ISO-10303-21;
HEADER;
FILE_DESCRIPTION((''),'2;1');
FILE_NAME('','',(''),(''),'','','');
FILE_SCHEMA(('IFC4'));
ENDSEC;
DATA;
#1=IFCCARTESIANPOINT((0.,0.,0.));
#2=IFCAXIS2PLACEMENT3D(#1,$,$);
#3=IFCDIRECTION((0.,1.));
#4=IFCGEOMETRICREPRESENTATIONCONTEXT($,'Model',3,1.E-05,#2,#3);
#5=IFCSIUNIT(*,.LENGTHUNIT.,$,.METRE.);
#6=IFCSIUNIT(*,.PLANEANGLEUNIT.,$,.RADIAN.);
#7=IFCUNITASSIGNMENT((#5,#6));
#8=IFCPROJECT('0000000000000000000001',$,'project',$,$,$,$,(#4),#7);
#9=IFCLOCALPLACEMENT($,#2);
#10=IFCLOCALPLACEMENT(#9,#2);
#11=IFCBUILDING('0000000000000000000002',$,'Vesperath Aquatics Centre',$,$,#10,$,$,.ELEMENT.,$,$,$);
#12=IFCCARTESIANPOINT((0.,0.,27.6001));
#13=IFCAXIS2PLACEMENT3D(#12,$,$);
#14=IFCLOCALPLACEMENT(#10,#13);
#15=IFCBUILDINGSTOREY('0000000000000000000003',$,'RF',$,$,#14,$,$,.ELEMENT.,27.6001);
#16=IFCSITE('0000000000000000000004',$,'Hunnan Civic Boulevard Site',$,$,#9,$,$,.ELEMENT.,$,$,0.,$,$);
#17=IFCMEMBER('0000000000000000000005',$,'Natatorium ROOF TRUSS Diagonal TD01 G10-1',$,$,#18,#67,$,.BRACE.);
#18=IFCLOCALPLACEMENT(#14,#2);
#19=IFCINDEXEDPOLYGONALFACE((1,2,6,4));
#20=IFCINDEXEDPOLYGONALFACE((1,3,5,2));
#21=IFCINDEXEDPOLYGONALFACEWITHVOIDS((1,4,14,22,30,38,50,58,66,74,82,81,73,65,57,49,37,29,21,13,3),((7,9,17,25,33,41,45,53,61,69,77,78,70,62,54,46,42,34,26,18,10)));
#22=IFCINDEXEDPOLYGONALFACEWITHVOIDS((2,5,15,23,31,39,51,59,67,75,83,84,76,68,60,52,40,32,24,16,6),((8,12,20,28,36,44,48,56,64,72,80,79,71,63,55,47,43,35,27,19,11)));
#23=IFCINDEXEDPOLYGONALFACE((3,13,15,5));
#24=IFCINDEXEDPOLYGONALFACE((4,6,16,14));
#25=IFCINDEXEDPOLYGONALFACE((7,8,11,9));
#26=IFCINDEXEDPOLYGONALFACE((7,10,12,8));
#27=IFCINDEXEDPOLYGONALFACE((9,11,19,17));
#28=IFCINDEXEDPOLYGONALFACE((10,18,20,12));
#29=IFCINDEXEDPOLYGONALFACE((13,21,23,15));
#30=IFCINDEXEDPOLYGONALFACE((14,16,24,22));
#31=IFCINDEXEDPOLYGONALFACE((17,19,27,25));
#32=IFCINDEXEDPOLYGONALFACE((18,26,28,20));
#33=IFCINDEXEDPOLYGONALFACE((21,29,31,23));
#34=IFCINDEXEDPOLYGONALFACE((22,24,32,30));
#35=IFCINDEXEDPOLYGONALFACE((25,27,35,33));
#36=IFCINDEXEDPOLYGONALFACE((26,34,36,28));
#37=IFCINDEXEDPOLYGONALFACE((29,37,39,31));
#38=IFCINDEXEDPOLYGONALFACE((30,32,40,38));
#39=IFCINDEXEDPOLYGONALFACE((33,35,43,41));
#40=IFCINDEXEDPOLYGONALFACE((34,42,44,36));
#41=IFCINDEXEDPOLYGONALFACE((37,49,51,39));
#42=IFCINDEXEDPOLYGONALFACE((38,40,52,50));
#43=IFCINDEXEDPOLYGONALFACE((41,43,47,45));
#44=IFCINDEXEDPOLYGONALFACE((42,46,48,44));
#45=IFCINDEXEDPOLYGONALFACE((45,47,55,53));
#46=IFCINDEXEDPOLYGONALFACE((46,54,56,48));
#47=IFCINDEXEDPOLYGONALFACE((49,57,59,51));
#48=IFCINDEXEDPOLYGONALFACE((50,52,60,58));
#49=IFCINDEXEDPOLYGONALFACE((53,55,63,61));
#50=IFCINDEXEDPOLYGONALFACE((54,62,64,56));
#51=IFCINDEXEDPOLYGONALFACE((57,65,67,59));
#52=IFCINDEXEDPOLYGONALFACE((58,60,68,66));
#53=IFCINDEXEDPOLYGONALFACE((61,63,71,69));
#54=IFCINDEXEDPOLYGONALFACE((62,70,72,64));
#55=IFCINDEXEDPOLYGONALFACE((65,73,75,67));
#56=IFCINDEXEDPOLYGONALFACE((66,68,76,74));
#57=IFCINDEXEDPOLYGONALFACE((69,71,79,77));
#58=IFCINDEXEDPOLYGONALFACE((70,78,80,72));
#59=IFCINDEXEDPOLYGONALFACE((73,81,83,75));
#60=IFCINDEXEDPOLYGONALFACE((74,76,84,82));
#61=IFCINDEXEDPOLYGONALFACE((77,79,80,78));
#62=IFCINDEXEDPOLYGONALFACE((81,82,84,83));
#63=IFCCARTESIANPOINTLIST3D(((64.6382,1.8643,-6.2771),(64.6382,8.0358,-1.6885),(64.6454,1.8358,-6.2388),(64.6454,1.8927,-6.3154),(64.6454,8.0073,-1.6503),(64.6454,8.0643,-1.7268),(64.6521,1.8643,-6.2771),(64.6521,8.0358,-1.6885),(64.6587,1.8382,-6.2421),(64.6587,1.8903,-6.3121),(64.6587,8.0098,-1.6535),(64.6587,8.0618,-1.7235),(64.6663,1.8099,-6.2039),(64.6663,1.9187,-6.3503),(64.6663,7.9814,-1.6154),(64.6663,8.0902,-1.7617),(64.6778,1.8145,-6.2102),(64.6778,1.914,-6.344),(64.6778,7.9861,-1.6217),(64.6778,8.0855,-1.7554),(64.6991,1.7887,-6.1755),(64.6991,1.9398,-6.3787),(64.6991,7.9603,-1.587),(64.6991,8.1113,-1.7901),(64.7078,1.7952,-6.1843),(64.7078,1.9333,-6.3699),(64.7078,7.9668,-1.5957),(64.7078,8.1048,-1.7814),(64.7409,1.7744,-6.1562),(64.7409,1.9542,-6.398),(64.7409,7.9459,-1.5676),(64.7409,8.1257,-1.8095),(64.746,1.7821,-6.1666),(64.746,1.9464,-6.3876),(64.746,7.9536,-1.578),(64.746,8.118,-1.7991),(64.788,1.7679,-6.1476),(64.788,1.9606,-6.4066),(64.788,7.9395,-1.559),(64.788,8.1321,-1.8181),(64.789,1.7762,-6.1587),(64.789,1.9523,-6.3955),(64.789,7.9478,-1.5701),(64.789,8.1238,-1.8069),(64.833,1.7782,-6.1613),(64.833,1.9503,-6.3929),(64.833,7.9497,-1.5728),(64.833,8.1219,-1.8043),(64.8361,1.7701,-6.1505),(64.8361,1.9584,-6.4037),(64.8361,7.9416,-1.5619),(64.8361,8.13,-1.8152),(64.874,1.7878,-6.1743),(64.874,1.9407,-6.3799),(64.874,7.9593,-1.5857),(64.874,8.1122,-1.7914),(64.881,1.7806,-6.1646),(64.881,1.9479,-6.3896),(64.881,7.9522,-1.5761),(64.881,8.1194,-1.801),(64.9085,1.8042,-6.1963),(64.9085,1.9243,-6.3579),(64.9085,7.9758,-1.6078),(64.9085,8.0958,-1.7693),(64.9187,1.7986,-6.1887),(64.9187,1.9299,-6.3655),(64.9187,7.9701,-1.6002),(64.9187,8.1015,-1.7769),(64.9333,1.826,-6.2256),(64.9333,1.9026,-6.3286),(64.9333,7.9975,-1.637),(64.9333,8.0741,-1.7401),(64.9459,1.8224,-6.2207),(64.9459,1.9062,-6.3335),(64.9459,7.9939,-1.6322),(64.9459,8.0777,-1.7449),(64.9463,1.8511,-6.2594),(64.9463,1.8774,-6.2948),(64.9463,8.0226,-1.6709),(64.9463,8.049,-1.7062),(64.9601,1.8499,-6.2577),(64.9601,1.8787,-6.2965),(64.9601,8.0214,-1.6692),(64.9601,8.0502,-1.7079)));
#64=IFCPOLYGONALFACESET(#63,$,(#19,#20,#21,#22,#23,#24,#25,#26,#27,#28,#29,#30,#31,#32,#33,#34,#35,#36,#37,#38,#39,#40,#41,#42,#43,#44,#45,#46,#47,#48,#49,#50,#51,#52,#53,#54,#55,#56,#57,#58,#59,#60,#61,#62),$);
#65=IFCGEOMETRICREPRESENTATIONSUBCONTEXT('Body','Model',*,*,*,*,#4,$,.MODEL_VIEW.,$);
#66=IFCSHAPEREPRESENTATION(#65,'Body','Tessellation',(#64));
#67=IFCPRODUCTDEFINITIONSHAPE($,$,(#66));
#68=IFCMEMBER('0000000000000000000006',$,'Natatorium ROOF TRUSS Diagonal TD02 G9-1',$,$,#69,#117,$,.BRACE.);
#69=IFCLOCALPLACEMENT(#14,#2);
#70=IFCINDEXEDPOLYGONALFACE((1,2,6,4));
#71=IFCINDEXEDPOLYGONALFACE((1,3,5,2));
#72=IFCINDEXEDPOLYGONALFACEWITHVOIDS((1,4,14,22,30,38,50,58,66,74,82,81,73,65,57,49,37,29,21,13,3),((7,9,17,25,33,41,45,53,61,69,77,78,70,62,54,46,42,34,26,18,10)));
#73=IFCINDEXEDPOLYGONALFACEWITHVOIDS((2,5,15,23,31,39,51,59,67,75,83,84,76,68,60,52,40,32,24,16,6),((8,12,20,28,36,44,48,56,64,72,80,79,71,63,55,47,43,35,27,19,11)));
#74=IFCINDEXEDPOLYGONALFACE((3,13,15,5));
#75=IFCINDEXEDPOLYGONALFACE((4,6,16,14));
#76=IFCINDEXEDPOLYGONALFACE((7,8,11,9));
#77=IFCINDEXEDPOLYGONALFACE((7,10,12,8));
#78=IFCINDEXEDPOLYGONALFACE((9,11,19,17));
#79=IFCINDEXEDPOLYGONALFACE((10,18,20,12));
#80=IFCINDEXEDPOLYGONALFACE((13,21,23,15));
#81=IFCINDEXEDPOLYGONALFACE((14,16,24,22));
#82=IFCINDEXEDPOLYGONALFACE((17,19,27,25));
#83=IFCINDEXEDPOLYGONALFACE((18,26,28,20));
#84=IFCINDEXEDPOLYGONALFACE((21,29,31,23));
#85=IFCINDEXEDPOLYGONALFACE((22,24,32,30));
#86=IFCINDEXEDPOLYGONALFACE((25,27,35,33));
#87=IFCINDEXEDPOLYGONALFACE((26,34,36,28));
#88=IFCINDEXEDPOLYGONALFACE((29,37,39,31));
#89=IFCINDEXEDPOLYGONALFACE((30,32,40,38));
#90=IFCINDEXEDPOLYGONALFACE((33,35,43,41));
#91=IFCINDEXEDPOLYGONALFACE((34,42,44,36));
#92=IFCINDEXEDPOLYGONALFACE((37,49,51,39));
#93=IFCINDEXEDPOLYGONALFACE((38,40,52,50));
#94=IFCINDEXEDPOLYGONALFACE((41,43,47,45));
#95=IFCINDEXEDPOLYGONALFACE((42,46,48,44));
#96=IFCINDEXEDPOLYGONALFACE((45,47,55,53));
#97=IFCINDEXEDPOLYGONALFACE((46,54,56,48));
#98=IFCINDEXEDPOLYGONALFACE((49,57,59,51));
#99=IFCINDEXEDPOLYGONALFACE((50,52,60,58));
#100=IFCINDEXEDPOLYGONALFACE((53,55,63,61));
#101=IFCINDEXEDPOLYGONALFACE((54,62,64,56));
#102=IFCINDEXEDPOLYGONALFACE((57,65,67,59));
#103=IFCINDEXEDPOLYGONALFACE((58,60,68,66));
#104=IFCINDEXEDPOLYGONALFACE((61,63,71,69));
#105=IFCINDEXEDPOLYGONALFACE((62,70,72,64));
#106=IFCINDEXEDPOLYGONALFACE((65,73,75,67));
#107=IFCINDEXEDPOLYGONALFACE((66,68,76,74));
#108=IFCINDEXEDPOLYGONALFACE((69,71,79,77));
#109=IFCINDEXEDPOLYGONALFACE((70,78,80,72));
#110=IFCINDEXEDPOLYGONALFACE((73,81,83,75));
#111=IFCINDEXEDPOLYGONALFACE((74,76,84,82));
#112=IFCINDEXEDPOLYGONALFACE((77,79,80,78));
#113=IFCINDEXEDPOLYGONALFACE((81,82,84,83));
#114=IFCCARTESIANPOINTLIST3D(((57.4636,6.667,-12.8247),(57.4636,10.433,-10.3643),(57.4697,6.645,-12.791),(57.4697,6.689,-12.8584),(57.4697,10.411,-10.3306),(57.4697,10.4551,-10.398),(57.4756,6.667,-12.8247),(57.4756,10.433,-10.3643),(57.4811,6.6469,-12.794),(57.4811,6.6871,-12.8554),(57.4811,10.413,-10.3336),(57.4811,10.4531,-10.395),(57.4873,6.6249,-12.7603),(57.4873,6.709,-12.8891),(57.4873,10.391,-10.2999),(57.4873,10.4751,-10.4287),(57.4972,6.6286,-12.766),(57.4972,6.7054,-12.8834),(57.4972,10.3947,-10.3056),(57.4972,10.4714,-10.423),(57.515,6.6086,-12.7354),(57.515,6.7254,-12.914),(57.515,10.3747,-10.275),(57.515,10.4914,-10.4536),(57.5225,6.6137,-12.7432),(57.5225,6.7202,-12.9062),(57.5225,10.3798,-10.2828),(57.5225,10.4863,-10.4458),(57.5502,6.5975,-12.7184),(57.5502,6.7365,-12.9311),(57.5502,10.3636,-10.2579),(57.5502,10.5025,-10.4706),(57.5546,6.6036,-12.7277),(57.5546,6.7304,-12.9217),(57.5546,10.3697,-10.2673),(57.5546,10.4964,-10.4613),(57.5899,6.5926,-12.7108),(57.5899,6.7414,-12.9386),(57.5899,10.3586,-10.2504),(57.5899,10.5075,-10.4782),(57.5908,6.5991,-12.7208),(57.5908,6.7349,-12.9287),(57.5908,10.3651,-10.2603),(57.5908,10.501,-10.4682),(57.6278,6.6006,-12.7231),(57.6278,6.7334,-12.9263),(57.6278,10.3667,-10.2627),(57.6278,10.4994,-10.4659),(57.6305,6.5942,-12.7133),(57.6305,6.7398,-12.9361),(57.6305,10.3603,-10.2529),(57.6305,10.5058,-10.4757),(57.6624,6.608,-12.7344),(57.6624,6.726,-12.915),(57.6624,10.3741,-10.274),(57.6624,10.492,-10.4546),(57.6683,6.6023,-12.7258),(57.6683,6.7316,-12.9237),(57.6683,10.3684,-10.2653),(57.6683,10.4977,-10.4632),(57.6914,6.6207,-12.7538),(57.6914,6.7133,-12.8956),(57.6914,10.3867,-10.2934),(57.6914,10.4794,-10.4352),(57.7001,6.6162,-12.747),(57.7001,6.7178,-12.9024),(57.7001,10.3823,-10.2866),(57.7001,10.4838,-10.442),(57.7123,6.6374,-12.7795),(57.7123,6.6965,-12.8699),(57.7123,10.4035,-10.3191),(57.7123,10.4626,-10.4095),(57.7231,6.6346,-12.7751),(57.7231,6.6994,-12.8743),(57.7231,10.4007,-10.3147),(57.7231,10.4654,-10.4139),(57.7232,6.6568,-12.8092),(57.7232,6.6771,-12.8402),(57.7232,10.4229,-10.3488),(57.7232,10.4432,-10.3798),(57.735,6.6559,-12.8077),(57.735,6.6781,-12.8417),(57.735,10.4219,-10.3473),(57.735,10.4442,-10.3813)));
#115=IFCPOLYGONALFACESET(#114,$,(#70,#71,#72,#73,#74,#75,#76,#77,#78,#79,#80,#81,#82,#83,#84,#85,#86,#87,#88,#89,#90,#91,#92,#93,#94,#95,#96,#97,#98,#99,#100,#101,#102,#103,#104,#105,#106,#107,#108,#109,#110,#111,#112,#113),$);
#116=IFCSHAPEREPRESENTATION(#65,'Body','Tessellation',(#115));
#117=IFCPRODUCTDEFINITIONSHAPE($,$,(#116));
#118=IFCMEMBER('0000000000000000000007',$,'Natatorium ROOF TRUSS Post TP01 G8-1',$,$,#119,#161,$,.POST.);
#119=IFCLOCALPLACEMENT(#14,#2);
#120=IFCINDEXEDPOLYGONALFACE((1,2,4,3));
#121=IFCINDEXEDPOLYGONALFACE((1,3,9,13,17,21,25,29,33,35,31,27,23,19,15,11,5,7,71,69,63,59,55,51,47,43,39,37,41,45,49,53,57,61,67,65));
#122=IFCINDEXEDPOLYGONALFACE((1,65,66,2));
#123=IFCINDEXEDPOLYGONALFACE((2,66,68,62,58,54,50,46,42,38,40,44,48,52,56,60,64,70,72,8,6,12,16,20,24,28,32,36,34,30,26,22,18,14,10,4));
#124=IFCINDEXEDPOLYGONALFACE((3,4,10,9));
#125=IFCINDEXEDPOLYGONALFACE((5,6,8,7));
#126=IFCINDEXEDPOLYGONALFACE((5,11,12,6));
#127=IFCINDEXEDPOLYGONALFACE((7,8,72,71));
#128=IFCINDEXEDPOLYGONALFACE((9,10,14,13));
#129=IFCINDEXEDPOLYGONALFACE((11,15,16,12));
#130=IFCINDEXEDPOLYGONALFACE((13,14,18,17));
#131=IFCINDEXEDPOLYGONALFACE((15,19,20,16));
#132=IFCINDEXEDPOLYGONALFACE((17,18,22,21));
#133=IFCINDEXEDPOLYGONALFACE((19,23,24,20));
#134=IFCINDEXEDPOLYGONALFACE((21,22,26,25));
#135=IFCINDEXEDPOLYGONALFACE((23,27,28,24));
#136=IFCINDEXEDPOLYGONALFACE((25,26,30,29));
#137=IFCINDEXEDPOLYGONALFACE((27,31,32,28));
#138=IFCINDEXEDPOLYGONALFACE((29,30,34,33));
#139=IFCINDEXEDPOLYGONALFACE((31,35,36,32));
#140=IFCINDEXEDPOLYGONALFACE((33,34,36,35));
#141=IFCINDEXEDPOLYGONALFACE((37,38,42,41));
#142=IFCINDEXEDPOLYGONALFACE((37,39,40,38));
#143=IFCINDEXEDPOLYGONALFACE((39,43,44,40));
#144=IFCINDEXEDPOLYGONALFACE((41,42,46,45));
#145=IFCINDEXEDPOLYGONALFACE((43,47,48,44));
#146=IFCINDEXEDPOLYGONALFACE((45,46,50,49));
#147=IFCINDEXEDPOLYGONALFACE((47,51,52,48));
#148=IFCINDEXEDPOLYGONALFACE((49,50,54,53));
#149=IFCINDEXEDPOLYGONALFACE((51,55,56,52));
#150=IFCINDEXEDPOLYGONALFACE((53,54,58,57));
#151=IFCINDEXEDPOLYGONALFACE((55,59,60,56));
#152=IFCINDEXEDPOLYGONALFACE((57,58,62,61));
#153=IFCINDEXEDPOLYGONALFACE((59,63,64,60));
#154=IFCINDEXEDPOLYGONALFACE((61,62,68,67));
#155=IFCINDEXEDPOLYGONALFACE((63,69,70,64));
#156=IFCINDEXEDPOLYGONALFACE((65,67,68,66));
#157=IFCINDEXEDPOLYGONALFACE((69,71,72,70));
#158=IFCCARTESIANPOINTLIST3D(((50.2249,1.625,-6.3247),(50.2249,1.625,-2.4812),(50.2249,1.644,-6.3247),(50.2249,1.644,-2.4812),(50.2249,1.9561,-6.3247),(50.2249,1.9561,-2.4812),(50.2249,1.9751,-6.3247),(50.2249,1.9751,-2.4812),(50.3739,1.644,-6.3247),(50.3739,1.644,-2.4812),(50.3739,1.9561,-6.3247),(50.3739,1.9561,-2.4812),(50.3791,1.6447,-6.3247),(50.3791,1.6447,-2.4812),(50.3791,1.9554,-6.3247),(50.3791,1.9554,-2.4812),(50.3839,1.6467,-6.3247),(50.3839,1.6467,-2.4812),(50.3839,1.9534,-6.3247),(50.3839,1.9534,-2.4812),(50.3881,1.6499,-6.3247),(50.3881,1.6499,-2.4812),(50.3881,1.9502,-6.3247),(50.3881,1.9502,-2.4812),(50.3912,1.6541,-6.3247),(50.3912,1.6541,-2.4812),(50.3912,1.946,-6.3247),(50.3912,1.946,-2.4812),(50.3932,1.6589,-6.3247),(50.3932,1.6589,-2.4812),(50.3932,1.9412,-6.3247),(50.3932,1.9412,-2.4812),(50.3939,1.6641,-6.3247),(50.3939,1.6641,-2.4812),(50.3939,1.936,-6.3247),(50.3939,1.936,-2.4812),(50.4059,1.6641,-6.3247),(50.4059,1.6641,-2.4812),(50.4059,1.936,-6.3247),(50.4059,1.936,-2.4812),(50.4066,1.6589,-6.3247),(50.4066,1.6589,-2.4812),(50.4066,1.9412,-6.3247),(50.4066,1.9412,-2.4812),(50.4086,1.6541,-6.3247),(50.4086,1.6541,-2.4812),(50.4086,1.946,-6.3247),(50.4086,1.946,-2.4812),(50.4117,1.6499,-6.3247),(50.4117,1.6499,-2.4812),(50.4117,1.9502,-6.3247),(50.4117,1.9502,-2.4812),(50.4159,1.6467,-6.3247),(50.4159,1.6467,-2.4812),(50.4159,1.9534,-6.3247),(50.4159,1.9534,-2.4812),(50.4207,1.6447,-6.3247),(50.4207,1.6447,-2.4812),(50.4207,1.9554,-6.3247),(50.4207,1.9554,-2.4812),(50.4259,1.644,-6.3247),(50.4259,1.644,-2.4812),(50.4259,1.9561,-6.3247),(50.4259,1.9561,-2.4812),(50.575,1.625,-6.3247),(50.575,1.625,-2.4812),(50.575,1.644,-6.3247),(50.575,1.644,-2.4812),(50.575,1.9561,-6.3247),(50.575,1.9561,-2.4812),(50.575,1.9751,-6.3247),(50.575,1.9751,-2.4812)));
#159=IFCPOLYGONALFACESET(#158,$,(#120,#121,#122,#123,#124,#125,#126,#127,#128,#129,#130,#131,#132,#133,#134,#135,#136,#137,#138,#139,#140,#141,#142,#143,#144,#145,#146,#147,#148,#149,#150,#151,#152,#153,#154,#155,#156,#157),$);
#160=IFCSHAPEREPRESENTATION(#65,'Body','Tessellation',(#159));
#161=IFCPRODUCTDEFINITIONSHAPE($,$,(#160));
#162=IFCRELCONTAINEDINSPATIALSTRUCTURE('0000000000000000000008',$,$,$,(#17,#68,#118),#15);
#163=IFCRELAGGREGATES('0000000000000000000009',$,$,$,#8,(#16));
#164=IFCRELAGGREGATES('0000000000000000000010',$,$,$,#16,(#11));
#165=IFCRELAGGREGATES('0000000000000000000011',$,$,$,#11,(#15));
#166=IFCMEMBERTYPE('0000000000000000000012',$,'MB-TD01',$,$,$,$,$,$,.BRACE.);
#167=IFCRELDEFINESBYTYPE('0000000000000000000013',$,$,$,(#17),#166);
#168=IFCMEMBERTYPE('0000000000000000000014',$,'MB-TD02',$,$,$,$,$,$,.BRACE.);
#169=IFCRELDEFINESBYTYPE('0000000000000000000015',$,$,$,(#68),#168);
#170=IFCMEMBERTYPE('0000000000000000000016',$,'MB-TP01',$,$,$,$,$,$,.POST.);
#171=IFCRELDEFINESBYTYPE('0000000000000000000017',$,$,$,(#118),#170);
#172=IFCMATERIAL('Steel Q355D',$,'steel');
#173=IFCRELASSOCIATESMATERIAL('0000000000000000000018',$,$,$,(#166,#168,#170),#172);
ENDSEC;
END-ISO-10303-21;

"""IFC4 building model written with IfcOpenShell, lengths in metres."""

from ifc_helpers import new_model, si_unit, direction, frame, origin, origin_2d, place, context, subcontext, project, spatial, hollow_circle, i_section, extrude, material, material_profile, profile_set, type_object, element, save


model = new_model("IFC4")

# Units and contexts
model_context = context("Model", 3, precision=1e-05, world=origin(), true_north=direction((0.0, 1.0)))
body_context = subcontext(model_context, "Body", "Model", "MODEL_VIEW")
ifc_project = project(units=[si_unit("LENGTHUNIT", "METRE"), si_unit("PLANEANGLEUNIT", "RADIAN")], contexts=[model_context])

# Site, building, storey
site_placement = place(None, origin())
site = spatial("IfcSite", under=ifc_project, at=site_placement, Name="Hunnan Civic Boulevard Site", CompositionType="ELEMENT", RefElevation=0.0)
building_placement = place(site_placement, origin())
building = spatial("IfcBuilding", under=site, at=building_placement, Name="Vesperath Aquatics Centre", CompositionType="ELEMENT")
storey_placement = place(building_placement, frame((0.0, 0.0, 27.6001)))
storey = spatial("IfcBuildingStorey", under=building, at=storey_placement, Name="RF", CompositionType="ELEMENT", Elevation=27.6001)

# Members
ifc_material_1 = material(Name="Steel Q355D", Category="steel")
ifc_material_profile_1 = material_profile(ifc_material_1, hollow_circle(Radius=0.1619, WallThickness=0.0139, at=origin_2d()), Name="CHS 323.9x14")
ifc_profile_set_1 = profile_set([ifc_material_profile_1], Name="Steel Q355D")
member_type_1 = type_object("IfcMemberType", Name="MB-TD01", PredefinedType="BRACE", material=ifc_profile_set_1)
for number, where, z_axis, x_axis, name in (
    (1, (64.8, 1.8643, -6.2771), (0.0, 0.802496, 0.596658), (-1.0, 0.0, 0.0), "Natatorium ROOF TRUSS Diagonal TD01 G10-1"),
):
    element("IfcMember", number, at=place(storey_placement, frame(where, z_axis=z_axis, x_axis=x_axis)), inside=storey, type_object=member_type_1, Name=name, PredefinedType="BRACE", context=body_context, shape_type="SweptSolid", body=[
        extrude(hollow_circle(Radius=0.1619, WallThickness=0.0139, at=origin_2d()), origin(), (0.0, 0.0, 1.0), 7.6904),
    ])
ifc_material_profile_2 = material_profile(ifc_material_1, hollow_circle(Radius=0.1365, WallThickness=0.012, at=origin_2d()), Name="CHS 273.0x12")
ifc_profile_set_2 = profile_set([ifc_material_profile_2], Name="Steel Q355D")
member_type_2 = type_object("IfcMemberType", Name="MB-TD02", PredefinedType="BRACE", material=ifc_profile_set_2)
member_1_placement = place(storey_placement, frame((57.6001, 6.667, -12.8247), z_axis=(0.0, 0.837174, 0.546936), x_axis=(-1.0, 0.0, 0.0)))
element("IfcMember", 2, at=member_1_placement, inside=storey, type_object=member_type_2, Name="Natatorium ROOF TRUSS Diagonal TD02 G9-1", PredefinedType="BRACE", context=body_context, shape_type="SweptSolid", body=[
    extrude(hollow_circle(Radius=0.1365, WallThickness=0.012, at=origin_2d()), origin(), (0.0, 0.0, 1.0), 4.4985),
])
ifc_material_profile_3 = material_profile(ifc_material_1, i_section(OverallWidth=0.3501, OverallDepth=0.3501, WebThickness=0.012, FlangeThickness=0.019, FilletRadius=0.02, at=origin_2d()), Name="HW 350x350x12x19")
ifc_profile_set_3 = profile_set([ifc_material_profile_3], Name="Steel Q355D")
member_type_3 = type_object("IfcMemberType", Name="MB-TP01", PredefinedType="POST", material=ifc_profile_set_3)
member_2_placement = place(storey_placement, frame((50.3999, 1.8, -6.3247), z_axis=(0.0, 0.0, 1.0), x_axis=(1.0, 0.0, 0.0)))
element("IfcMember", 3, at=member_2_placement, inside=storey, type_object=member_type_3, Name="Natatorium ROOF TRUSS Post TP01 G8-1", PredefinedType="POST", context=body_context, shape_type="SweptSolid", body=[
    extrude(i_section(OverallWidth=0.3501, OverallDepth=0.3501, WebThickness=0.012, FlangeThickness=0.019, FilletRadius=0.02, at=origin_2d()), origin(), (0.0, 0.0, 1.0), 3.8435),
])

save(model, "model.ifc")
